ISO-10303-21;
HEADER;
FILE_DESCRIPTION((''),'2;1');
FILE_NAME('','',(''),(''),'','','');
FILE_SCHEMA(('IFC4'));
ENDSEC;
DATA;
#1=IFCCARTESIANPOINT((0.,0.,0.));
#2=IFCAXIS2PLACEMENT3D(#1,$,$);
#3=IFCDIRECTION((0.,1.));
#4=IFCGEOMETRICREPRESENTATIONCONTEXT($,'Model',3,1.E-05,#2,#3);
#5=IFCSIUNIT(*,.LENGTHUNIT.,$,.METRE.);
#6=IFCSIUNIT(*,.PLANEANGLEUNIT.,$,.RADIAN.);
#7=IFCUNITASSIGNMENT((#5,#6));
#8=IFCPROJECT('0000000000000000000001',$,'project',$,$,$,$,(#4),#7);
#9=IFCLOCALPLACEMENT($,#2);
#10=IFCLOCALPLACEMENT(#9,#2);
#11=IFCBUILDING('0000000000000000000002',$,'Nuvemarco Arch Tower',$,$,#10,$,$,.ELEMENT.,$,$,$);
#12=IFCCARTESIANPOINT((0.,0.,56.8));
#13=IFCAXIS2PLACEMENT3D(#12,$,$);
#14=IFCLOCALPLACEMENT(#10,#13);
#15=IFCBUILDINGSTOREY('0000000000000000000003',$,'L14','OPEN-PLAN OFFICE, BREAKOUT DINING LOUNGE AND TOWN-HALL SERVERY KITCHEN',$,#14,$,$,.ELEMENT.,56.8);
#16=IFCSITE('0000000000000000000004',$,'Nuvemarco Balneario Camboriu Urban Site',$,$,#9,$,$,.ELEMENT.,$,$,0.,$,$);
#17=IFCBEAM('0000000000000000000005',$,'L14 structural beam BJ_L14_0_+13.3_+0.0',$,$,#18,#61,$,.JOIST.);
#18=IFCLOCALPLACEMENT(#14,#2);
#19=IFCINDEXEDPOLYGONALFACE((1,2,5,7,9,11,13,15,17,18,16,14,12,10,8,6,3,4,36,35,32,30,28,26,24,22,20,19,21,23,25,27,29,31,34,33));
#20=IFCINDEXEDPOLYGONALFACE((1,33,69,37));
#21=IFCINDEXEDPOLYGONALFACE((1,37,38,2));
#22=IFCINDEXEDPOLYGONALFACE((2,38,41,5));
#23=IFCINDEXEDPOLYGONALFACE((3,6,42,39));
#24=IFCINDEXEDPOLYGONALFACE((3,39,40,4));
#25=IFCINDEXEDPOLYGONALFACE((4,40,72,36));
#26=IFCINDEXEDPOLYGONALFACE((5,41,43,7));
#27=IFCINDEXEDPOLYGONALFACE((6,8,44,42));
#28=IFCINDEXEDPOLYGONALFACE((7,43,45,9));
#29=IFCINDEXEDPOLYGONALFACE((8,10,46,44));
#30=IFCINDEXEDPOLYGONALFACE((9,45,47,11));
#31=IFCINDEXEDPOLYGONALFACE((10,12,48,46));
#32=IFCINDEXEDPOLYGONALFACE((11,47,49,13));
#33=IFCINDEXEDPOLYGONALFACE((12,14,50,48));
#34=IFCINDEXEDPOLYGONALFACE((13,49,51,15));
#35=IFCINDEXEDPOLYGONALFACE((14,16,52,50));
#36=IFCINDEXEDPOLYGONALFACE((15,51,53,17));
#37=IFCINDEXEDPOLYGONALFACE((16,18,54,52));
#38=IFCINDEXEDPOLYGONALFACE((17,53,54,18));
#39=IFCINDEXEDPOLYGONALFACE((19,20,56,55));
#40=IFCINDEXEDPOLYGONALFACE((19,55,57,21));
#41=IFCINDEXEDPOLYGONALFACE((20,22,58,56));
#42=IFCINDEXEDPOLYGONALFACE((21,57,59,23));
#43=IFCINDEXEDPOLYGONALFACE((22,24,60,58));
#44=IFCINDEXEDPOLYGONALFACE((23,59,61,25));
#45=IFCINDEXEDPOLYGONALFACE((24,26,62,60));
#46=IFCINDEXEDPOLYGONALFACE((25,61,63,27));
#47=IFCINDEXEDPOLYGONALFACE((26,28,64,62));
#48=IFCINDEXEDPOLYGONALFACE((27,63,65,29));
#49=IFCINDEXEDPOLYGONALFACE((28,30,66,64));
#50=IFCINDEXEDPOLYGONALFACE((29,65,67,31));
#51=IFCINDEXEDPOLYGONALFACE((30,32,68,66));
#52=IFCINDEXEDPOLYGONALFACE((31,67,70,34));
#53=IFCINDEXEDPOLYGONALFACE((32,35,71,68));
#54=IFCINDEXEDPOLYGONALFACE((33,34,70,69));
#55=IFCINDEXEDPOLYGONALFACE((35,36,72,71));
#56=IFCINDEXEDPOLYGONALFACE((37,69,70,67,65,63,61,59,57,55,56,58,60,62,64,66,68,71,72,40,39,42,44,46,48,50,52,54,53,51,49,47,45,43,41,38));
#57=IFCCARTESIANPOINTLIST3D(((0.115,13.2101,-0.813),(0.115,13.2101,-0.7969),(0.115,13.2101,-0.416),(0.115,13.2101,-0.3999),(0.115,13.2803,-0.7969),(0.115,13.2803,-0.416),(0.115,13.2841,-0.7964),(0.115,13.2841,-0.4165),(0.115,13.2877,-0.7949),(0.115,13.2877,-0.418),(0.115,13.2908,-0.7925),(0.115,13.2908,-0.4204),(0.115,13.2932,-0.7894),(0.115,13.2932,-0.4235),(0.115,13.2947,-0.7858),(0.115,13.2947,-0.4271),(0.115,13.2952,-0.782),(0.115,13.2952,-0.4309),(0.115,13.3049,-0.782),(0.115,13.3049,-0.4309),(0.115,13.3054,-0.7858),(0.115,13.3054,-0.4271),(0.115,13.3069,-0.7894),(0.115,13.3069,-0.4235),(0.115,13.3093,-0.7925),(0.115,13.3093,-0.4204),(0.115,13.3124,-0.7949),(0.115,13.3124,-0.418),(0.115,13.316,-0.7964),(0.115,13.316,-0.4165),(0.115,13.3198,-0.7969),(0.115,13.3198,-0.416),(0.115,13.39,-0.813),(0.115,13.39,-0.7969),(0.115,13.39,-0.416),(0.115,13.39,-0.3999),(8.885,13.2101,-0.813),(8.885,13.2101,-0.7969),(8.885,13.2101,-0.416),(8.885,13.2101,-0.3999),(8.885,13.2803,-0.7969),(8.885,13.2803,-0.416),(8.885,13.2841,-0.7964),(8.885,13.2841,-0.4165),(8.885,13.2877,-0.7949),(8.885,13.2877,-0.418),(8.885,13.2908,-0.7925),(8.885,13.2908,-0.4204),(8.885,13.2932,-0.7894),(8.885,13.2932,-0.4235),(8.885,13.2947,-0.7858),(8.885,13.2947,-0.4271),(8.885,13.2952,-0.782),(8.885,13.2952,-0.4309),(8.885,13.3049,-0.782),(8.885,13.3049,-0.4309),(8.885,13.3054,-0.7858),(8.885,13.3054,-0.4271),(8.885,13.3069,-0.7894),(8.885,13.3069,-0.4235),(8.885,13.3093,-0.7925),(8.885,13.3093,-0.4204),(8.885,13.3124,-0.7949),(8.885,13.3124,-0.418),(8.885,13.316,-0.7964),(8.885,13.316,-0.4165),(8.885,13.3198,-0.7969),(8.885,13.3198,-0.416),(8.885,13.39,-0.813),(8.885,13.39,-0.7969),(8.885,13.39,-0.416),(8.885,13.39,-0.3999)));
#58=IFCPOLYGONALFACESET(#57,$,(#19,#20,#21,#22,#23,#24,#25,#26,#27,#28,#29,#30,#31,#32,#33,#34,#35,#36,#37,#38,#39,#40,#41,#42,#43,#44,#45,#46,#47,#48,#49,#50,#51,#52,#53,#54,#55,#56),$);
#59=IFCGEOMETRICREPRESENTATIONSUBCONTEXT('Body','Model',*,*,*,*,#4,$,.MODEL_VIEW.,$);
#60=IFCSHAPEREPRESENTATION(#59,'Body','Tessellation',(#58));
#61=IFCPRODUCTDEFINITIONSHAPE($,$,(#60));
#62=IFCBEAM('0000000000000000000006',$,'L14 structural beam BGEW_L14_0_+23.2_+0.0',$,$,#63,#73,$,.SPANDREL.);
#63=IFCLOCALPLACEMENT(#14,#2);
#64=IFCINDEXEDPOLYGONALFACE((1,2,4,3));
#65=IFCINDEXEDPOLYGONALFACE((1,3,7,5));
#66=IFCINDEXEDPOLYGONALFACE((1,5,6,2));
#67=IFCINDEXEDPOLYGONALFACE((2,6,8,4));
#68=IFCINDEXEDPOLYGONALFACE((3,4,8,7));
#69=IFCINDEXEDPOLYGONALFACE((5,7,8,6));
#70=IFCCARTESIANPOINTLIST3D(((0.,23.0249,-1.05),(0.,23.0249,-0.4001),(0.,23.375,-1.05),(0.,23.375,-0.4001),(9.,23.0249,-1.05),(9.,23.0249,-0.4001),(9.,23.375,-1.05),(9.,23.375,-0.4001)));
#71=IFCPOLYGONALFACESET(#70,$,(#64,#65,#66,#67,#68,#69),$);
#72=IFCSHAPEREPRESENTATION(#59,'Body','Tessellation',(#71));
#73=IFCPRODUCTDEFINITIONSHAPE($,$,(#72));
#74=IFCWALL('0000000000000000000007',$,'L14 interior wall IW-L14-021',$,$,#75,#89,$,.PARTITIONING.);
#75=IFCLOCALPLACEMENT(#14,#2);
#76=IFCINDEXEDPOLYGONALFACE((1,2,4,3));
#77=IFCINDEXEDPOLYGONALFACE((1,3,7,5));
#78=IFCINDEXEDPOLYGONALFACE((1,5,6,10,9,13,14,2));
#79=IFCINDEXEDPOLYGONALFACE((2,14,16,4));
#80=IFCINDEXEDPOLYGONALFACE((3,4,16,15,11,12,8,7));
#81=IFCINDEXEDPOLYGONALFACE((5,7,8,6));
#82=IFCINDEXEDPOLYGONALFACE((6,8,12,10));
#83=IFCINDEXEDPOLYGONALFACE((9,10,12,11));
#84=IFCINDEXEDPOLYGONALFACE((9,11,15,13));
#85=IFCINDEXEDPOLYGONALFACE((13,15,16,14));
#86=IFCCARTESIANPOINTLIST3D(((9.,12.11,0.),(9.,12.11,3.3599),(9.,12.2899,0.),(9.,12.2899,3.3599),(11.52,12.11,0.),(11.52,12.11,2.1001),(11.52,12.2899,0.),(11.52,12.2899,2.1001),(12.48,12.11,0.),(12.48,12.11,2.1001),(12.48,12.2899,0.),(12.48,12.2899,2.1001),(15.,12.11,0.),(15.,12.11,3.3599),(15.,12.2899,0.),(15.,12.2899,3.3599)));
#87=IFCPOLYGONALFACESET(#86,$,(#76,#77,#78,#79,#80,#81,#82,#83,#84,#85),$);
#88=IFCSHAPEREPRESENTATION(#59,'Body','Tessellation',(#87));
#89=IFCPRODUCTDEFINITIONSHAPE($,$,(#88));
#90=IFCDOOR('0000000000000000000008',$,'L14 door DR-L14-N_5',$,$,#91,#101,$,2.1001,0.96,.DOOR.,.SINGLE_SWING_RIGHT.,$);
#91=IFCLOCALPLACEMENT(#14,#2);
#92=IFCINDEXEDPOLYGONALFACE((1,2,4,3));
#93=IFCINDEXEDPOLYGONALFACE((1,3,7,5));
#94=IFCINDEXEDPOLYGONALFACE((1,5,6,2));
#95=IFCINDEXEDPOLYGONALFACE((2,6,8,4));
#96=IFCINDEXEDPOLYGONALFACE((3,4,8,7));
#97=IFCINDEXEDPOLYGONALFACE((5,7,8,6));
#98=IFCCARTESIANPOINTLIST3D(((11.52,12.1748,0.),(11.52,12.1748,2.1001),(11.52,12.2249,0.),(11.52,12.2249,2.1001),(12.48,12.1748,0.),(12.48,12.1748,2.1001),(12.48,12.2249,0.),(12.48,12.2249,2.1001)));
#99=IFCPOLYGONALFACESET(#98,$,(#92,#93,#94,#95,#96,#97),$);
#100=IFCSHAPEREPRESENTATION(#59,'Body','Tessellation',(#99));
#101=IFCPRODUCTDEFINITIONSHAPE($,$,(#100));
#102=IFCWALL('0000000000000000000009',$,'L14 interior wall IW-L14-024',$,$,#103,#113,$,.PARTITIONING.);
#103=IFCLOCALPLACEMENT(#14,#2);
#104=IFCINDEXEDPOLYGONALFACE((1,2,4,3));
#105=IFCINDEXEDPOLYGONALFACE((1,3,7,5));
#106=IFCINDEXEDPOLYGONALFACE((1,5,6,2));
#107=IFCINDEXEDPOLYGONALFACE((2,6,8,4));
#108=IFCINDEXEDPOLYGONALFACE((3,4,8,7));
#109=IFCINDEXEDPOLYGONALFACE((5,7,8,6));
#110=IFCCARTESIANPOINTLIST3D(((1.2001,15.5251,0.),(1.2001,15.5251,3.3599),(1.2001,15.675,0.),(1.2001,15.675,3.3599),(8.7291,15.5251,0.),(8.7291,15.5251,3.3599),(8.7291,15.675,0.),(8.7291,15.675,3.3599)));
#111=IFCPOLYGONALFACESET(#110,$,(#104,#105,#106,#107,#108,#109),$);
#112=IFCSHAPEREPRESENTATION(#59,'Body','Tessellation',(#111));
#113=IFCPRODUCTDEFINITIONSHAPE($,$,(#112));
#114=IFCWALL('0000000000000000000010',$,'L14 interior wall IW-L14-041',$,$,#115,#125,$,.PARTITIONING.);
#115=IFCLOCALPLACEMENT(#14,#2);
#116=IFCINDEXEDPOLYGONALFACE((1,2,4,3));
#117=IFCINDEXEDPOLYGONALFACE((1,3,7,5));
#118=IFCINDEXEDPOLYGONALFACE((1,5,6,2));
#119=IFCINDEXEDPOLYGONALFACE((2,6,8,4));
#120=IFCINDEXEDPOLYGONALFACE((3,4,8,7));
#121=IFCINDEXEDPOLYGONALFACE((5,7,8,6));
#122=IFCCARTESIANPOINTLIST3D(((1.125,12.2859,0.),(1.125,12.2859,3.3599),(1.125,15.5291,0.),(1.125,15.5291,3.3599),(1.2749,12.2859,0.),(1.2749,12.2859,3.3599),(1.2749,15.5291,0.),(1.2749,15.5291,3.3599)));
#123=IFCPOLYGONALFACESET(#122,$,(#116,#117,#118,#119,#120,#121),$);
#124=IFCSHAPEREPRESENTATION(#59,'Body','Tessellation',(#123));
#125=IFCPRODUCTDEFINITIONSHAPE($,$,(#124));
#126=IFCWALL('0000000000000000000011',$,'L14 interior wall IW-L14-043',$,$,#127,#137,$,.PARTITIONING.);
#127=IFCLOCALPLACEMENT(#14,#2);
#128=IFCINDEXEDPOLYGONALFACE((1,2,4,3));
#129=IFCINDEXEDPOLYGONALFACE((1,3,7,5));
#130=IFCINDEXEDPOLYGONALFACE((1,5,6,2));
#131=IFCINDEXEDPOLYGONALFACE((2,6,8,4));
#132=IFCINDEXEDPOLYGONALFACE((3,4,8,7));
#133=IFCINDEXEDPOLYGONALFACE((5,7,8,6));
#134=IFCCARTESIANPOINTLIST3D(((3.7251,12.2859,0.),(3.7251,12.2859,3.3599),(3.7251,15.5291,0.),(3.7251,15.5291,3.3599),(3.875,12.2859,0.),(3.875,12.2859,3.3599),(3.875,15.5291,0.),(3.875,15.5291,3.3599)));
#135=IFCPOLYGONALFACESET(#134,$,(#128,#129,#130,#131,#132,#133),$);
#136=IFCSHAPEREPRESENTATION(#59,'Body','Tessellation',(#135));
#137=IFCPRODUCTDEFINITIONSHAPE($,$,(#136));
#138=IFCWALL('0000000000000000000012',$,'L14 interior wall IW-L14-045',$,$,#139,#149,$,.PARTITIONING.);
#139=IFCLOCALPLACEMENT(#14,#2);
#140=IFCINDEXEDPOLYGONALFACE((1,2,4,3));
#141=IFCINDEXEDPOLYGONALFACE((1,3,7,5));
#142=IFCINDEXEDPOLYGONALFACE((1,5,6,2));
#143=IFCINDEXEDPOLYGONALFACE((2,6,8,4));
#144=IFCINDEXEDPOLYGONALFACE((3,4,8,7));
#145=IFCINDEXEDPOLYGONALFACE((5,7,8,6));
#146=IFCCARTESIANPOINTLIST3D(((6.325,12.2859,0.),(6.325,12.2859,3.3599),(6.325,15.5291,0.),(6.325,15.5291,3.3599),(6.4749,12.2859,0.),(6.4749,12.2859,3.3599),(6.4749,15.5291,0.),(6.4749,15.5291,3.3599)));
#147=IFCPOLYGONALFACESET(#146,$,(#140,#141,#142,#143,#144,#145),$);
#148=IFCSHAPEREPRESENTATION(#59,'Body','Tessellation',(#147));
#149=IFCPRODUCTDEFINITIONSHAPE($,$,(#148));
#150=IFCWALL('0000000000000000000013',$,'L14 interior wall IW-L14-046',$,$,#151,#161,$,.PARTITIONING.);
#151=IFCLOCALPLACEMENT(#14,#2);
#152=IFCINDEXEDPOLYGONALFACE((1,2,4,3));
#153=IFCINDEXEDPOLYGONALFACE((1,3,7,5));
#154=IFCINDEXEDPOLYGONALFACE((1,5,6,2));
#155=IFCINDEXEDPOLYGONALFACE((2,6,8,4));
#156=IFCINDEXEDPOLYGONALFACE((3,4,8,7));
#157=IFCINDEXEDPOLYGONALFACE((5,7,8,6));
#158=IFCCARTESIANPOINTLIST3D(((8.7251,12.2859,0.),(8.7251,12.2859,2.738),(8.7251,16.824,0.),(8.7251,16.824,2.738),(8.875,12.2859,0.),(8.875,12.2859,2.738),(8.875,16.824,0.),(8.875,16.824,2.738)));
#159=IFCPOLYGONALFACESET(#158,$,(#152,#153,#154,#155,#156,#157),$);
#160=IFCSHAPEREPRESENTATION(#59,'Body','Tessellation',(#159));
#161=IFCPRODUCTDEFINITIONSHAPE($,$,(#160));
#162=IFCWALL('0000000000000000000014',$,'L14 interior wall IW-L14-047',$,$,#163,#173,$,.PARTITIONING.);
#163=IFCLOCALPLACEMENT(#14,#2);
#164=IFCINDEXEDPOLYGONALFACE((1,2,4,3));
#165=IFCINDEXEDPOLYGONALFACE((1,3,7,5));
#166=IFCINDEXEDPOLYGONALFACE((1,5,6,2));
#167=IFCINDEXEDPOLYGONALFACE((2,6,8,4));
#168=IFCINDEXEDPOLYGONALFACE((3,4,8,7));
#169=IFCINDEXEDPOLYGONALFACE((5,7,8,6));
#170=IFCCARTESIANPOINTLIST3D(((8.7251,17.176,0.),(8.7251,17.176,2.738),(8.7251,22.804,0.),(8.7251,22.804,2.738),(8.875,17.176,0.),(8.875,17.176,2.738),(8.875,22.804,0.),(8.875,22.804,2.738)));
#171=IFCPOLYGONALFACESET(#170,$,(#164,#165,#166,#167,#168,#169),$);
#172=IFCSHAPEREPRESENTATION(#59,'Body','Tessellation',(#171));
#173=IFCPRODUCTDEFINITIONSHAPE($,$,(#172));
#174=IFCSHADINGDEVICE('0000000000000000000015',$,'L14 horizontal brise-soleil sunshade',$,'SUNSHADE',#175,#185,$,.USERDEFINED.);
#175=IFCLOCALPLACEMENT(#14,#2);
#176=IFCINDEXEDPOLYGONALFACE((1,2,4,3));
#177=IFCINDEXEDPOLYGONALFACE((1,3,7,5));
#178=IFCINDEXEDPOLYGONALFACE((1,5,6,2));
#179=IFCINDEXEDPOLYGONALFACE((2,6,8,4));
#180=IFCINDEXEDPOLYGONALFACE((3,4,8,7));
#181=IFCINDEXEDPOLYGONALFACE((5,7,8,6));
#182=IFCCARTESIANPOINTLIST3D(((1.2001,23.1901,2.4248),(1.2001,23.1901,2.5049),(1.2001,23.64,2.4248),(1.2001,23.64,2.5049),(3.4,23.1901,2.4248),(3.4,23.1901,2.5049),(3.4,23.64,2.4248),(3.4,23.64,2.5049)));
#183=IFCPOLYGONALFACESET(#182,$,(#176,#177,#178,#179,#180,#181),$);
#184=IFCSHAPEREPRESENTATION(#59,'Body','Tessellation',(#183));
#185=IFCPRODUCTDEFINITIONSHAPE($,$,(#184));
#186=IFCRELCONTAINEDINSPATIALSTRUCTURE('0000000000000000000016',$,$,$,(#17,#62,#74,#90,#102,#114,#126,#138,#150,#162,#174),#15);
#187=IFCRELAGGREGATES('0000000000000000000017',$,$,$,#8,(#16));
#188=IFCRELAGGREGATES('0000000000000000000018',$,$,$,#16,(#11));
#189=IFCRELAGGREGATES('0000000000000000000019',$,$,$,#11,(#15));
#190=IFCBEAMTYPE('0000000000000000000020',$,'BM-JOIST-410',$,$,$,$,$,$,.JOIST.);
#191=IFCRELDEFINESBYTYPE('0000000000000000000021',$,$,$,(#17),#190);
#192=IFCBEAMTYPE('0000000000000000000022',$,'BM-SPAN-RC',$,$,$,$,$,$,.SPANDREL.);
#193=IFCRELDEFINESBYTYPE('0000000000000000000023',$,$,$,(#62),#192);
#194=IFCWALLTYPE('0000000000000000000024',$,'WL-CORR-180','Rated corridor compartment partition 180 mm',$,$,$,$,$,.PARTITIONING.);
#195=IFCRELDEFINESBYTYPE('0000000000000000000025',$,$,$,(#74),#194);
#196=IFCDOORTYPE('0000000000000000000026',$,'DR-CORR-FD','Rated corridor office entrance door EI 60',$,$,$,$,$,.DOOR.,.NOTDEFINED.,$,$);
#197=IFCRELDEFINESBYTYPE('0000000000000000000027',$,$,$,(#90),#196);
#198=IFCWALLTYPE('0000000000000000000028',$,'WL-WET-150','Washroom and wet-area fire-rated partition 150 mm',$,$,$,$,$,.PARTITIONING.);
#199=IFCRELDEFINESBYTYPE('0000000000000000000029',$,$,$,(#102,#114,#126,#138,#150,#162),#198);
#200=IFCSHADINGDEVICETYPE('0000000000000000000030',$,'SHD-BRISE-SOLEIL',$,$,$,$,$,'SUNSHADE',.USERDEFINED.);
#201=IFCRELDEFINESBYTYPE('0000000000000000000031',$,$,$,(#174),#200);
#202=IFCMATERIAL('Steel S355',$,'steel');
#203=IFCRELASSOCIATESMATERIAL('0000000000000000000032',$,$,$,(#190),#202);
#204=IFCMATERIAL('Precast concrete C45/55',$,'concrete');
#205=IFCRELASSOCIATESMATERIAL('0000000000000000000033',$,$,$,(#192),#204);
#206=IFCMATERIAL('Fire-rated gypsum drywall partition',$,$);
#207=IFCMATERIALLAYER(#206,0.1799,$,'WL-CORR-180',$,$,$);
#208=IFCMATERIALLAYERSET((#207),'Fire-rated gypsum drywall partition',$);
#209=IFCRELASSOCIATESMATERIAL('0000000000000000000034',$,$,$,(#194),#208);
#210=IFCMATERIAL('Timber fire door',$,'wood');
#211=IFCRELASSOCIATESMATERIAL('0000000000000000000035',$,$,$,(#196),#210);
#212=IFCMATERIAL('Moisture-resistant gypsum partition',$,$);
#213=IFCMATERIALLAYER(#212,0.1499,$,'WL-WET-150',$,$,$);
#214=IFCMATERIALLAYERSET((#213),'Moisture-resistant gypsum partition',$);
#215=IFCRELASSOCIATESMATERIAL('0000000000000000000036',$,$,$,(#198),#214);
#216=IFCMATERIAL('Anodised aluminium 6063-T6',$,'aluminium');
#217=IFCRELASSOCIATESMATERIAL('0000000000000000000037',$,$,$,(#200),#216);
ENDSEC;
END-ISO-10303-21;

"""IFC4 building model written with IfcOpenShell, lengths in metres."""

from ifc_helpers import new_model, si_unit, direction, frame, frame_2d, origin, origin_2d, place, context, subcontext, project, spatial, rectangle, i_section, extrude, source, transform, mapped, material, layer, layer_set, material_profile, profile_set, type_object, type_shapes, element, fill, save


model = new_model("IFC4")

# Units and contexts
model_context = context("Model", 3, precision=1e-05, world=origin(), true_north=direction((0.0, 1.0)))
body_context = subcontext(model_context, "Body", "Model", "MODEL_VIEW")
ifc_project = project(units=[si_unit("LENGTHUNIT", "METRE"), si_unit("PLANEANGLEUNIT", "RADIAN")], contexts=[model_context])

# Site, building, storey
site_placement = place(None, origin())
site = spatial("IfcSite", under=ifc_project, at=site_placement, Name="Nuvemarco Balneario Camboriu Urban Site", CompositionType="ELEMENT", RefElevation=0.0)
building_placement = place(site_placement, origin())
building = spatial("IfcBuilding", under=site, at=building_placement, Name="Nuvemarco Arch Tower", CompositionType="ELEMENT")
storey_placement = place(building_placement, frame((0.0, 0.0, 56.8)))
storey = spatial("IfcBuildingStorey", under=building, at=storey_placement, Name="L14", Description="OPEN-PLAN OFFICE, BREAKOUT DINING LOUNGE AND TOWN-HALL SERVERY KITCHEN", CompositionType="ELEMENT", Elevation=56.8)

# Shared definitions
ifc_material_1 = material(Name="Steel S355", Category="steel")

# Beams
ifc_material_profile_1 = material_profile(ifc_material_1, i_section(OverallWidth=0.1799, OverallDepth=0.4131, WebThickness=0.0098, FlangeThickness=0.0161, FilletRadius=0.0149, at=origin_2d()), Name="W410x75")
ifc_profile_set_1 = profile_set([ifc_material_profile_1], Name="Steel S355")
beam_type_1 = type_object("IfcBeamType", Name="BM-JOIST-410", PredefinedType="JOIST", material=ifc_profile_set_1)
beam_1_placement = place(storey_placement, frame((0.115, 13.3, -0.6064), z_axis=(1.0, 0.0, 0.0), x_axis=(0.0, 1.0, 0.0)))
element("IfcBeam", 1, at=beam_1_placement, inside=storey, type_object=beam_type_1, Name="L14 structural beam BJ_L14_0_+13.3_+0.0", PredefinedType="JOIST", context=body_context, shape_type="SweptSolid", body=[
    extrude(i_section(OverallWidth=0.1799, OverallDepth=0.4131, WebThickness=0.0098, FlangeThickness=0.0161, FilletRadius=0.0149, at=origin_2d()), origin(), (0.0, 0.0, 1.0), 8.77),
])
ifc_material_2 = material(Name="Precast concrete C45/55", Category="concrete")
ifc_material_profile_2 = material_profile(ifc_material_2, rectangle(XDim=0.3501, YDim=0.6499, at=origin_2d()), Name="PC-SP-350x650")
ifc_profile_set_2 = profile_set([ifc_material_profile_2], Name="Precast concrete C45/55")
beam_type_2 = type_object("IfcBeamType", Name="BM-SPAN-RC", PredefinedType="SPANDREL", material=ifc_profile_set_2)
beam_2_placement = place(storey_placement, frame((0.0, 23.2, -0.7251), z_axis=(1.0, 0.0, 0.0), x_axis=(0.0, 1.0, 0.0)))
element("IfcBeam", 2, at=beam_2_placement, inside=storey, type_object=beam_type_2, Name="L14 structural beam BGEW_L14_0_+23.2_+0.0", PredefinedType="SPANDREL", context=body_context, shape_type="SweptSolid", body=[
    extrude(rectangle(XDim=0.3501, YDim=0.6499, at=origin_2d()), origin(), (0.0, 0.0, 1.0), 9.0),
])

# Wall, opening, door
ifc_material_3 = material(Name="Fire-rated gypsum drywall partition")
ifc_layer_1 = layer(ifc_material_3, 0.1799, Name="WL-CORR-180")
ifc_layer_set_1 = layer_set([ifc_layer_1], Name="Fire-rated gypsum drywall partition")
wall_type_1 = type_object("IfcWallType", Name="WL-CORR-180", Description="Rated corridor compartment partition 180 mm", PredefinedType="PARTITIONING", material=ifc_layer_set_1)
wall_1_placement = place(storey_placement, frame((9.0, 12.2, 0.0), z_axis=(0.0, 0.0, 1.0), x_axis=(1.0, 0.0, 0.0)))
wall_1 = element("IfcWall", 3, at=wall_1_placement, inside=storey, type_object=wall_type_1, Name="L14 interior wall IW-L14-021", PredefinedType="PARTITIONING", context=body_context, shape_type="SweptSolid", body=[
    extrude(rectangle(XDim=6.0, YDim=0.1799, at=frame_2d((3.0, 0.0))), origin(), (0.0, 0.0, 1.0), 3.3599),
])
opening_placement = place(wall_1_placement, frame((2.52, 0.0, 0.0)))
opening = element("IfcOpeningElement", 4, at=opening_placement, cuts=wall_1, PredefinedType="OPENING", context=body_context, shape_type="SweptSolid", body=[
    extrude(rectangle(XDim=0.96, YDim=2.1001, at=frame_2d((0.48, 1.05))), frame((0.0, 0.0999, 0.0), z_axis=(0.0, -1.0, 0.0), x_axis=(1.0, 0.0, 0.0)), (0.0, 0.0, 1.0), 0.2),
])
ifc_material_4 = material(Name="Timber fire door", Category="wood")
door_type = type_object("IfcDoorType", Name="DR-CORR-FD", Description="Rated corridor office entrance door EI 60", OperationType="NOTDEFINED", PredefinedType="DOOR", material=ifc_material_4)
shared_shape_1 = source(origin(), body_context, "Body", "SweptSolid", [
    extrude(rectangle(XDim=0.96, YDim=2.1001, at=frame_2d((0.48, 1.05))), frame((0.0, 0.0249, 0.0), z_axis=(0.0, -1.0, 0.0), x_axis=(1.0, 0.0, 0.0)), (0.0, 0.0, 1.0), 0.05),
])
type_shapes(door_type, [shared_shape_1])
door_placement = place(opening_placement, origin())
door = element("IfcDoor", 5, at=door_placement, inside=storey, type_object=door_type, Name="L14 door DR-L14-N_5", OperationType="SINGLE_SWING_RIGHT", OverallHeight=2.1001, OverallWidth=0.96, PredefinedType="DOOR", context=body_context, shape_type="MappedRepresentation", body=[
    mapped(shared_shape_1, transform((0.0, 0.0, 0.0), scale=1.0)),
])
fill(opening, door)

# Walls
ifc_material_5 = material(Name="Moisture-resistant gypsum partition")
ifc_layer_2 = layer(ifc_material_5, 0.1499, Name="WL-WET-150")
ifc_layer_set_2 = layer_set([ifc_layer_2], Name="Moisture-resistant gypsum partition")
wall_type_2 = type_object("IfcWallType", Name="WL-WET-150", Description="Washroom and wet-area fire-rated partition 150 mm", PredefinedType="PARTITIONING", material=ifc_layer_set_2)
wall_2_placement = place(storey_placement, frame((1.2, 15.6001, 0.0), z_axis=(0.0, 0.0, 1.0), x_axis=(1.0, 0.0, 0.0)))
element("IfcWall", 6, at=wall_2_placement, inside=storey, type_object=wall_type_2, Name="L14 interior wall IW-L14-024", PredefinedType="PARTITIONING", context=body_context, shape_type="SweptSolid", body=[
    extrude(rectangle(XDim=7.5291, YDim=0.1499, at=frame_2d((3.7646, 0.0))), origin(), (0.0, 0.0, 1.0), 3.3599),
])
for number, where, z_axis, x_axis, name in (
    (7, (1.2, 12.2859, 0.0), (0.0, 0.0, 1.0), (0.0, 1.0, 0.0), "L14 interior wall IW-L14-041"),
    (8, (3.8, 12.2859, 0.0), (0.0, 0.0, 1.0), (0.0, 1.0, 0.0), "L14 interior wall IW-L14-043"),
    (9, (6.3999, 12.2859, 0.0), (0.0, 0.0, 1.0), (0.0, 1.0, 0.0), "L14 interior wall IW-L14-045"),
):
    element("IfcWall", number, at=place(storey_placement, frame(where, z_axis=z_axis, x_axis=x_axis)), inside=storey, type_object=wall_type_2, Name=name, PredefinedType="PARTITIONING", context=body_context, shape_type="SweptSolid", body=[
        extrude(rectangle(XDim=3.2432, YDim=0.1499, at=frame_2d((1.6216, 0.0))), origin(), (0.0, 0.0, 1.0), 3.3599),
    ])
wall_3_placement = place(storey_placement, frame((8.8, 12.2859, 0.0), z_axis=(0.0, 0.0, 1.0), x_axis=(0.0, 1.0, 0.0)))
element("IfcWall", 10, at=wall_3_placement, inside=storey, type_object=wall_type_2, Name="L14 interior wall IW-L14-046", PredefinedType="PARTITIONING", context=body_context, shape_type="SweptSolid", body=[
    extrude(rectangle(XDim=4.5381, YDim=0.1499, at=frame_2d((2.269, 0.0))), origin(), (0.0, 0.0, 1.0), 2.738),
])
wall_4_placement = place(storey_placement, frame((8.8, 17.176, 0.0), z_axis=(0.0, 0.0, 1.0), x_axis=(0.0, 1.0, 0.0)))
element("IfcWall", 11, at=wall_4_placement, inside=storey, type_object=wall_type_2, Name="L14 interior wall IW-L14-047", PredefinedType="PARTITIONING", context=body_context, shape_type="SweptSolid", body=[
    extrude(rectangle(XDim=5.6279, YDim=0.1499, at=frame_2d((2.814, 0.0))), origin(), (0.0, 0.0, 1.0), 2.738),
])

# Shading device
ifc_material_6 = material(Name="Anodised aluminium 6063-T6", Category="aluminium")
shading_device_type = type_object("IfcShadingDeviceType", Name="SHD-BRISE-SOLEIL", ElementType="SUNSHADE", PredefinedType="USERDEFINED", material=ifc_material_6)
shared_shape_2 = source(origin(), body_context, "Body", "SweptSolid", [
    extrude(rectangle(XDim=2.2, YDim=0.45, at=origin_2d()), origin(), (0.0, 0.0, 1.0), 0.0801),
])
type_shapes(shading_device_type, [shared_shape_2])
for number, where, z_axis, x_axis, name in (
    (12, (2.3, 23.415, 2.4248), (0.0, 0.0, 1.0), (1.0, 0.0, 0.0), "L14 horizontal brise-soleil sunshade"),
):
    element("IfcShadingDevice", number, at=place(storey_placement, frame(where, z_axis=z_axis, x_axis=x_axis)), inside=storey, type_object=shading_device_type, Name=name, ObjectType="SUNSHADE", PredefinedType="USERDEFINED", context=body_context, shape_type="MappedRepresentation", body=[
        mapped(shared_shape_2, transform((0.0, 0.0, 0.0), scale=1.0)),
    ])

save(model, "model.ifc")
